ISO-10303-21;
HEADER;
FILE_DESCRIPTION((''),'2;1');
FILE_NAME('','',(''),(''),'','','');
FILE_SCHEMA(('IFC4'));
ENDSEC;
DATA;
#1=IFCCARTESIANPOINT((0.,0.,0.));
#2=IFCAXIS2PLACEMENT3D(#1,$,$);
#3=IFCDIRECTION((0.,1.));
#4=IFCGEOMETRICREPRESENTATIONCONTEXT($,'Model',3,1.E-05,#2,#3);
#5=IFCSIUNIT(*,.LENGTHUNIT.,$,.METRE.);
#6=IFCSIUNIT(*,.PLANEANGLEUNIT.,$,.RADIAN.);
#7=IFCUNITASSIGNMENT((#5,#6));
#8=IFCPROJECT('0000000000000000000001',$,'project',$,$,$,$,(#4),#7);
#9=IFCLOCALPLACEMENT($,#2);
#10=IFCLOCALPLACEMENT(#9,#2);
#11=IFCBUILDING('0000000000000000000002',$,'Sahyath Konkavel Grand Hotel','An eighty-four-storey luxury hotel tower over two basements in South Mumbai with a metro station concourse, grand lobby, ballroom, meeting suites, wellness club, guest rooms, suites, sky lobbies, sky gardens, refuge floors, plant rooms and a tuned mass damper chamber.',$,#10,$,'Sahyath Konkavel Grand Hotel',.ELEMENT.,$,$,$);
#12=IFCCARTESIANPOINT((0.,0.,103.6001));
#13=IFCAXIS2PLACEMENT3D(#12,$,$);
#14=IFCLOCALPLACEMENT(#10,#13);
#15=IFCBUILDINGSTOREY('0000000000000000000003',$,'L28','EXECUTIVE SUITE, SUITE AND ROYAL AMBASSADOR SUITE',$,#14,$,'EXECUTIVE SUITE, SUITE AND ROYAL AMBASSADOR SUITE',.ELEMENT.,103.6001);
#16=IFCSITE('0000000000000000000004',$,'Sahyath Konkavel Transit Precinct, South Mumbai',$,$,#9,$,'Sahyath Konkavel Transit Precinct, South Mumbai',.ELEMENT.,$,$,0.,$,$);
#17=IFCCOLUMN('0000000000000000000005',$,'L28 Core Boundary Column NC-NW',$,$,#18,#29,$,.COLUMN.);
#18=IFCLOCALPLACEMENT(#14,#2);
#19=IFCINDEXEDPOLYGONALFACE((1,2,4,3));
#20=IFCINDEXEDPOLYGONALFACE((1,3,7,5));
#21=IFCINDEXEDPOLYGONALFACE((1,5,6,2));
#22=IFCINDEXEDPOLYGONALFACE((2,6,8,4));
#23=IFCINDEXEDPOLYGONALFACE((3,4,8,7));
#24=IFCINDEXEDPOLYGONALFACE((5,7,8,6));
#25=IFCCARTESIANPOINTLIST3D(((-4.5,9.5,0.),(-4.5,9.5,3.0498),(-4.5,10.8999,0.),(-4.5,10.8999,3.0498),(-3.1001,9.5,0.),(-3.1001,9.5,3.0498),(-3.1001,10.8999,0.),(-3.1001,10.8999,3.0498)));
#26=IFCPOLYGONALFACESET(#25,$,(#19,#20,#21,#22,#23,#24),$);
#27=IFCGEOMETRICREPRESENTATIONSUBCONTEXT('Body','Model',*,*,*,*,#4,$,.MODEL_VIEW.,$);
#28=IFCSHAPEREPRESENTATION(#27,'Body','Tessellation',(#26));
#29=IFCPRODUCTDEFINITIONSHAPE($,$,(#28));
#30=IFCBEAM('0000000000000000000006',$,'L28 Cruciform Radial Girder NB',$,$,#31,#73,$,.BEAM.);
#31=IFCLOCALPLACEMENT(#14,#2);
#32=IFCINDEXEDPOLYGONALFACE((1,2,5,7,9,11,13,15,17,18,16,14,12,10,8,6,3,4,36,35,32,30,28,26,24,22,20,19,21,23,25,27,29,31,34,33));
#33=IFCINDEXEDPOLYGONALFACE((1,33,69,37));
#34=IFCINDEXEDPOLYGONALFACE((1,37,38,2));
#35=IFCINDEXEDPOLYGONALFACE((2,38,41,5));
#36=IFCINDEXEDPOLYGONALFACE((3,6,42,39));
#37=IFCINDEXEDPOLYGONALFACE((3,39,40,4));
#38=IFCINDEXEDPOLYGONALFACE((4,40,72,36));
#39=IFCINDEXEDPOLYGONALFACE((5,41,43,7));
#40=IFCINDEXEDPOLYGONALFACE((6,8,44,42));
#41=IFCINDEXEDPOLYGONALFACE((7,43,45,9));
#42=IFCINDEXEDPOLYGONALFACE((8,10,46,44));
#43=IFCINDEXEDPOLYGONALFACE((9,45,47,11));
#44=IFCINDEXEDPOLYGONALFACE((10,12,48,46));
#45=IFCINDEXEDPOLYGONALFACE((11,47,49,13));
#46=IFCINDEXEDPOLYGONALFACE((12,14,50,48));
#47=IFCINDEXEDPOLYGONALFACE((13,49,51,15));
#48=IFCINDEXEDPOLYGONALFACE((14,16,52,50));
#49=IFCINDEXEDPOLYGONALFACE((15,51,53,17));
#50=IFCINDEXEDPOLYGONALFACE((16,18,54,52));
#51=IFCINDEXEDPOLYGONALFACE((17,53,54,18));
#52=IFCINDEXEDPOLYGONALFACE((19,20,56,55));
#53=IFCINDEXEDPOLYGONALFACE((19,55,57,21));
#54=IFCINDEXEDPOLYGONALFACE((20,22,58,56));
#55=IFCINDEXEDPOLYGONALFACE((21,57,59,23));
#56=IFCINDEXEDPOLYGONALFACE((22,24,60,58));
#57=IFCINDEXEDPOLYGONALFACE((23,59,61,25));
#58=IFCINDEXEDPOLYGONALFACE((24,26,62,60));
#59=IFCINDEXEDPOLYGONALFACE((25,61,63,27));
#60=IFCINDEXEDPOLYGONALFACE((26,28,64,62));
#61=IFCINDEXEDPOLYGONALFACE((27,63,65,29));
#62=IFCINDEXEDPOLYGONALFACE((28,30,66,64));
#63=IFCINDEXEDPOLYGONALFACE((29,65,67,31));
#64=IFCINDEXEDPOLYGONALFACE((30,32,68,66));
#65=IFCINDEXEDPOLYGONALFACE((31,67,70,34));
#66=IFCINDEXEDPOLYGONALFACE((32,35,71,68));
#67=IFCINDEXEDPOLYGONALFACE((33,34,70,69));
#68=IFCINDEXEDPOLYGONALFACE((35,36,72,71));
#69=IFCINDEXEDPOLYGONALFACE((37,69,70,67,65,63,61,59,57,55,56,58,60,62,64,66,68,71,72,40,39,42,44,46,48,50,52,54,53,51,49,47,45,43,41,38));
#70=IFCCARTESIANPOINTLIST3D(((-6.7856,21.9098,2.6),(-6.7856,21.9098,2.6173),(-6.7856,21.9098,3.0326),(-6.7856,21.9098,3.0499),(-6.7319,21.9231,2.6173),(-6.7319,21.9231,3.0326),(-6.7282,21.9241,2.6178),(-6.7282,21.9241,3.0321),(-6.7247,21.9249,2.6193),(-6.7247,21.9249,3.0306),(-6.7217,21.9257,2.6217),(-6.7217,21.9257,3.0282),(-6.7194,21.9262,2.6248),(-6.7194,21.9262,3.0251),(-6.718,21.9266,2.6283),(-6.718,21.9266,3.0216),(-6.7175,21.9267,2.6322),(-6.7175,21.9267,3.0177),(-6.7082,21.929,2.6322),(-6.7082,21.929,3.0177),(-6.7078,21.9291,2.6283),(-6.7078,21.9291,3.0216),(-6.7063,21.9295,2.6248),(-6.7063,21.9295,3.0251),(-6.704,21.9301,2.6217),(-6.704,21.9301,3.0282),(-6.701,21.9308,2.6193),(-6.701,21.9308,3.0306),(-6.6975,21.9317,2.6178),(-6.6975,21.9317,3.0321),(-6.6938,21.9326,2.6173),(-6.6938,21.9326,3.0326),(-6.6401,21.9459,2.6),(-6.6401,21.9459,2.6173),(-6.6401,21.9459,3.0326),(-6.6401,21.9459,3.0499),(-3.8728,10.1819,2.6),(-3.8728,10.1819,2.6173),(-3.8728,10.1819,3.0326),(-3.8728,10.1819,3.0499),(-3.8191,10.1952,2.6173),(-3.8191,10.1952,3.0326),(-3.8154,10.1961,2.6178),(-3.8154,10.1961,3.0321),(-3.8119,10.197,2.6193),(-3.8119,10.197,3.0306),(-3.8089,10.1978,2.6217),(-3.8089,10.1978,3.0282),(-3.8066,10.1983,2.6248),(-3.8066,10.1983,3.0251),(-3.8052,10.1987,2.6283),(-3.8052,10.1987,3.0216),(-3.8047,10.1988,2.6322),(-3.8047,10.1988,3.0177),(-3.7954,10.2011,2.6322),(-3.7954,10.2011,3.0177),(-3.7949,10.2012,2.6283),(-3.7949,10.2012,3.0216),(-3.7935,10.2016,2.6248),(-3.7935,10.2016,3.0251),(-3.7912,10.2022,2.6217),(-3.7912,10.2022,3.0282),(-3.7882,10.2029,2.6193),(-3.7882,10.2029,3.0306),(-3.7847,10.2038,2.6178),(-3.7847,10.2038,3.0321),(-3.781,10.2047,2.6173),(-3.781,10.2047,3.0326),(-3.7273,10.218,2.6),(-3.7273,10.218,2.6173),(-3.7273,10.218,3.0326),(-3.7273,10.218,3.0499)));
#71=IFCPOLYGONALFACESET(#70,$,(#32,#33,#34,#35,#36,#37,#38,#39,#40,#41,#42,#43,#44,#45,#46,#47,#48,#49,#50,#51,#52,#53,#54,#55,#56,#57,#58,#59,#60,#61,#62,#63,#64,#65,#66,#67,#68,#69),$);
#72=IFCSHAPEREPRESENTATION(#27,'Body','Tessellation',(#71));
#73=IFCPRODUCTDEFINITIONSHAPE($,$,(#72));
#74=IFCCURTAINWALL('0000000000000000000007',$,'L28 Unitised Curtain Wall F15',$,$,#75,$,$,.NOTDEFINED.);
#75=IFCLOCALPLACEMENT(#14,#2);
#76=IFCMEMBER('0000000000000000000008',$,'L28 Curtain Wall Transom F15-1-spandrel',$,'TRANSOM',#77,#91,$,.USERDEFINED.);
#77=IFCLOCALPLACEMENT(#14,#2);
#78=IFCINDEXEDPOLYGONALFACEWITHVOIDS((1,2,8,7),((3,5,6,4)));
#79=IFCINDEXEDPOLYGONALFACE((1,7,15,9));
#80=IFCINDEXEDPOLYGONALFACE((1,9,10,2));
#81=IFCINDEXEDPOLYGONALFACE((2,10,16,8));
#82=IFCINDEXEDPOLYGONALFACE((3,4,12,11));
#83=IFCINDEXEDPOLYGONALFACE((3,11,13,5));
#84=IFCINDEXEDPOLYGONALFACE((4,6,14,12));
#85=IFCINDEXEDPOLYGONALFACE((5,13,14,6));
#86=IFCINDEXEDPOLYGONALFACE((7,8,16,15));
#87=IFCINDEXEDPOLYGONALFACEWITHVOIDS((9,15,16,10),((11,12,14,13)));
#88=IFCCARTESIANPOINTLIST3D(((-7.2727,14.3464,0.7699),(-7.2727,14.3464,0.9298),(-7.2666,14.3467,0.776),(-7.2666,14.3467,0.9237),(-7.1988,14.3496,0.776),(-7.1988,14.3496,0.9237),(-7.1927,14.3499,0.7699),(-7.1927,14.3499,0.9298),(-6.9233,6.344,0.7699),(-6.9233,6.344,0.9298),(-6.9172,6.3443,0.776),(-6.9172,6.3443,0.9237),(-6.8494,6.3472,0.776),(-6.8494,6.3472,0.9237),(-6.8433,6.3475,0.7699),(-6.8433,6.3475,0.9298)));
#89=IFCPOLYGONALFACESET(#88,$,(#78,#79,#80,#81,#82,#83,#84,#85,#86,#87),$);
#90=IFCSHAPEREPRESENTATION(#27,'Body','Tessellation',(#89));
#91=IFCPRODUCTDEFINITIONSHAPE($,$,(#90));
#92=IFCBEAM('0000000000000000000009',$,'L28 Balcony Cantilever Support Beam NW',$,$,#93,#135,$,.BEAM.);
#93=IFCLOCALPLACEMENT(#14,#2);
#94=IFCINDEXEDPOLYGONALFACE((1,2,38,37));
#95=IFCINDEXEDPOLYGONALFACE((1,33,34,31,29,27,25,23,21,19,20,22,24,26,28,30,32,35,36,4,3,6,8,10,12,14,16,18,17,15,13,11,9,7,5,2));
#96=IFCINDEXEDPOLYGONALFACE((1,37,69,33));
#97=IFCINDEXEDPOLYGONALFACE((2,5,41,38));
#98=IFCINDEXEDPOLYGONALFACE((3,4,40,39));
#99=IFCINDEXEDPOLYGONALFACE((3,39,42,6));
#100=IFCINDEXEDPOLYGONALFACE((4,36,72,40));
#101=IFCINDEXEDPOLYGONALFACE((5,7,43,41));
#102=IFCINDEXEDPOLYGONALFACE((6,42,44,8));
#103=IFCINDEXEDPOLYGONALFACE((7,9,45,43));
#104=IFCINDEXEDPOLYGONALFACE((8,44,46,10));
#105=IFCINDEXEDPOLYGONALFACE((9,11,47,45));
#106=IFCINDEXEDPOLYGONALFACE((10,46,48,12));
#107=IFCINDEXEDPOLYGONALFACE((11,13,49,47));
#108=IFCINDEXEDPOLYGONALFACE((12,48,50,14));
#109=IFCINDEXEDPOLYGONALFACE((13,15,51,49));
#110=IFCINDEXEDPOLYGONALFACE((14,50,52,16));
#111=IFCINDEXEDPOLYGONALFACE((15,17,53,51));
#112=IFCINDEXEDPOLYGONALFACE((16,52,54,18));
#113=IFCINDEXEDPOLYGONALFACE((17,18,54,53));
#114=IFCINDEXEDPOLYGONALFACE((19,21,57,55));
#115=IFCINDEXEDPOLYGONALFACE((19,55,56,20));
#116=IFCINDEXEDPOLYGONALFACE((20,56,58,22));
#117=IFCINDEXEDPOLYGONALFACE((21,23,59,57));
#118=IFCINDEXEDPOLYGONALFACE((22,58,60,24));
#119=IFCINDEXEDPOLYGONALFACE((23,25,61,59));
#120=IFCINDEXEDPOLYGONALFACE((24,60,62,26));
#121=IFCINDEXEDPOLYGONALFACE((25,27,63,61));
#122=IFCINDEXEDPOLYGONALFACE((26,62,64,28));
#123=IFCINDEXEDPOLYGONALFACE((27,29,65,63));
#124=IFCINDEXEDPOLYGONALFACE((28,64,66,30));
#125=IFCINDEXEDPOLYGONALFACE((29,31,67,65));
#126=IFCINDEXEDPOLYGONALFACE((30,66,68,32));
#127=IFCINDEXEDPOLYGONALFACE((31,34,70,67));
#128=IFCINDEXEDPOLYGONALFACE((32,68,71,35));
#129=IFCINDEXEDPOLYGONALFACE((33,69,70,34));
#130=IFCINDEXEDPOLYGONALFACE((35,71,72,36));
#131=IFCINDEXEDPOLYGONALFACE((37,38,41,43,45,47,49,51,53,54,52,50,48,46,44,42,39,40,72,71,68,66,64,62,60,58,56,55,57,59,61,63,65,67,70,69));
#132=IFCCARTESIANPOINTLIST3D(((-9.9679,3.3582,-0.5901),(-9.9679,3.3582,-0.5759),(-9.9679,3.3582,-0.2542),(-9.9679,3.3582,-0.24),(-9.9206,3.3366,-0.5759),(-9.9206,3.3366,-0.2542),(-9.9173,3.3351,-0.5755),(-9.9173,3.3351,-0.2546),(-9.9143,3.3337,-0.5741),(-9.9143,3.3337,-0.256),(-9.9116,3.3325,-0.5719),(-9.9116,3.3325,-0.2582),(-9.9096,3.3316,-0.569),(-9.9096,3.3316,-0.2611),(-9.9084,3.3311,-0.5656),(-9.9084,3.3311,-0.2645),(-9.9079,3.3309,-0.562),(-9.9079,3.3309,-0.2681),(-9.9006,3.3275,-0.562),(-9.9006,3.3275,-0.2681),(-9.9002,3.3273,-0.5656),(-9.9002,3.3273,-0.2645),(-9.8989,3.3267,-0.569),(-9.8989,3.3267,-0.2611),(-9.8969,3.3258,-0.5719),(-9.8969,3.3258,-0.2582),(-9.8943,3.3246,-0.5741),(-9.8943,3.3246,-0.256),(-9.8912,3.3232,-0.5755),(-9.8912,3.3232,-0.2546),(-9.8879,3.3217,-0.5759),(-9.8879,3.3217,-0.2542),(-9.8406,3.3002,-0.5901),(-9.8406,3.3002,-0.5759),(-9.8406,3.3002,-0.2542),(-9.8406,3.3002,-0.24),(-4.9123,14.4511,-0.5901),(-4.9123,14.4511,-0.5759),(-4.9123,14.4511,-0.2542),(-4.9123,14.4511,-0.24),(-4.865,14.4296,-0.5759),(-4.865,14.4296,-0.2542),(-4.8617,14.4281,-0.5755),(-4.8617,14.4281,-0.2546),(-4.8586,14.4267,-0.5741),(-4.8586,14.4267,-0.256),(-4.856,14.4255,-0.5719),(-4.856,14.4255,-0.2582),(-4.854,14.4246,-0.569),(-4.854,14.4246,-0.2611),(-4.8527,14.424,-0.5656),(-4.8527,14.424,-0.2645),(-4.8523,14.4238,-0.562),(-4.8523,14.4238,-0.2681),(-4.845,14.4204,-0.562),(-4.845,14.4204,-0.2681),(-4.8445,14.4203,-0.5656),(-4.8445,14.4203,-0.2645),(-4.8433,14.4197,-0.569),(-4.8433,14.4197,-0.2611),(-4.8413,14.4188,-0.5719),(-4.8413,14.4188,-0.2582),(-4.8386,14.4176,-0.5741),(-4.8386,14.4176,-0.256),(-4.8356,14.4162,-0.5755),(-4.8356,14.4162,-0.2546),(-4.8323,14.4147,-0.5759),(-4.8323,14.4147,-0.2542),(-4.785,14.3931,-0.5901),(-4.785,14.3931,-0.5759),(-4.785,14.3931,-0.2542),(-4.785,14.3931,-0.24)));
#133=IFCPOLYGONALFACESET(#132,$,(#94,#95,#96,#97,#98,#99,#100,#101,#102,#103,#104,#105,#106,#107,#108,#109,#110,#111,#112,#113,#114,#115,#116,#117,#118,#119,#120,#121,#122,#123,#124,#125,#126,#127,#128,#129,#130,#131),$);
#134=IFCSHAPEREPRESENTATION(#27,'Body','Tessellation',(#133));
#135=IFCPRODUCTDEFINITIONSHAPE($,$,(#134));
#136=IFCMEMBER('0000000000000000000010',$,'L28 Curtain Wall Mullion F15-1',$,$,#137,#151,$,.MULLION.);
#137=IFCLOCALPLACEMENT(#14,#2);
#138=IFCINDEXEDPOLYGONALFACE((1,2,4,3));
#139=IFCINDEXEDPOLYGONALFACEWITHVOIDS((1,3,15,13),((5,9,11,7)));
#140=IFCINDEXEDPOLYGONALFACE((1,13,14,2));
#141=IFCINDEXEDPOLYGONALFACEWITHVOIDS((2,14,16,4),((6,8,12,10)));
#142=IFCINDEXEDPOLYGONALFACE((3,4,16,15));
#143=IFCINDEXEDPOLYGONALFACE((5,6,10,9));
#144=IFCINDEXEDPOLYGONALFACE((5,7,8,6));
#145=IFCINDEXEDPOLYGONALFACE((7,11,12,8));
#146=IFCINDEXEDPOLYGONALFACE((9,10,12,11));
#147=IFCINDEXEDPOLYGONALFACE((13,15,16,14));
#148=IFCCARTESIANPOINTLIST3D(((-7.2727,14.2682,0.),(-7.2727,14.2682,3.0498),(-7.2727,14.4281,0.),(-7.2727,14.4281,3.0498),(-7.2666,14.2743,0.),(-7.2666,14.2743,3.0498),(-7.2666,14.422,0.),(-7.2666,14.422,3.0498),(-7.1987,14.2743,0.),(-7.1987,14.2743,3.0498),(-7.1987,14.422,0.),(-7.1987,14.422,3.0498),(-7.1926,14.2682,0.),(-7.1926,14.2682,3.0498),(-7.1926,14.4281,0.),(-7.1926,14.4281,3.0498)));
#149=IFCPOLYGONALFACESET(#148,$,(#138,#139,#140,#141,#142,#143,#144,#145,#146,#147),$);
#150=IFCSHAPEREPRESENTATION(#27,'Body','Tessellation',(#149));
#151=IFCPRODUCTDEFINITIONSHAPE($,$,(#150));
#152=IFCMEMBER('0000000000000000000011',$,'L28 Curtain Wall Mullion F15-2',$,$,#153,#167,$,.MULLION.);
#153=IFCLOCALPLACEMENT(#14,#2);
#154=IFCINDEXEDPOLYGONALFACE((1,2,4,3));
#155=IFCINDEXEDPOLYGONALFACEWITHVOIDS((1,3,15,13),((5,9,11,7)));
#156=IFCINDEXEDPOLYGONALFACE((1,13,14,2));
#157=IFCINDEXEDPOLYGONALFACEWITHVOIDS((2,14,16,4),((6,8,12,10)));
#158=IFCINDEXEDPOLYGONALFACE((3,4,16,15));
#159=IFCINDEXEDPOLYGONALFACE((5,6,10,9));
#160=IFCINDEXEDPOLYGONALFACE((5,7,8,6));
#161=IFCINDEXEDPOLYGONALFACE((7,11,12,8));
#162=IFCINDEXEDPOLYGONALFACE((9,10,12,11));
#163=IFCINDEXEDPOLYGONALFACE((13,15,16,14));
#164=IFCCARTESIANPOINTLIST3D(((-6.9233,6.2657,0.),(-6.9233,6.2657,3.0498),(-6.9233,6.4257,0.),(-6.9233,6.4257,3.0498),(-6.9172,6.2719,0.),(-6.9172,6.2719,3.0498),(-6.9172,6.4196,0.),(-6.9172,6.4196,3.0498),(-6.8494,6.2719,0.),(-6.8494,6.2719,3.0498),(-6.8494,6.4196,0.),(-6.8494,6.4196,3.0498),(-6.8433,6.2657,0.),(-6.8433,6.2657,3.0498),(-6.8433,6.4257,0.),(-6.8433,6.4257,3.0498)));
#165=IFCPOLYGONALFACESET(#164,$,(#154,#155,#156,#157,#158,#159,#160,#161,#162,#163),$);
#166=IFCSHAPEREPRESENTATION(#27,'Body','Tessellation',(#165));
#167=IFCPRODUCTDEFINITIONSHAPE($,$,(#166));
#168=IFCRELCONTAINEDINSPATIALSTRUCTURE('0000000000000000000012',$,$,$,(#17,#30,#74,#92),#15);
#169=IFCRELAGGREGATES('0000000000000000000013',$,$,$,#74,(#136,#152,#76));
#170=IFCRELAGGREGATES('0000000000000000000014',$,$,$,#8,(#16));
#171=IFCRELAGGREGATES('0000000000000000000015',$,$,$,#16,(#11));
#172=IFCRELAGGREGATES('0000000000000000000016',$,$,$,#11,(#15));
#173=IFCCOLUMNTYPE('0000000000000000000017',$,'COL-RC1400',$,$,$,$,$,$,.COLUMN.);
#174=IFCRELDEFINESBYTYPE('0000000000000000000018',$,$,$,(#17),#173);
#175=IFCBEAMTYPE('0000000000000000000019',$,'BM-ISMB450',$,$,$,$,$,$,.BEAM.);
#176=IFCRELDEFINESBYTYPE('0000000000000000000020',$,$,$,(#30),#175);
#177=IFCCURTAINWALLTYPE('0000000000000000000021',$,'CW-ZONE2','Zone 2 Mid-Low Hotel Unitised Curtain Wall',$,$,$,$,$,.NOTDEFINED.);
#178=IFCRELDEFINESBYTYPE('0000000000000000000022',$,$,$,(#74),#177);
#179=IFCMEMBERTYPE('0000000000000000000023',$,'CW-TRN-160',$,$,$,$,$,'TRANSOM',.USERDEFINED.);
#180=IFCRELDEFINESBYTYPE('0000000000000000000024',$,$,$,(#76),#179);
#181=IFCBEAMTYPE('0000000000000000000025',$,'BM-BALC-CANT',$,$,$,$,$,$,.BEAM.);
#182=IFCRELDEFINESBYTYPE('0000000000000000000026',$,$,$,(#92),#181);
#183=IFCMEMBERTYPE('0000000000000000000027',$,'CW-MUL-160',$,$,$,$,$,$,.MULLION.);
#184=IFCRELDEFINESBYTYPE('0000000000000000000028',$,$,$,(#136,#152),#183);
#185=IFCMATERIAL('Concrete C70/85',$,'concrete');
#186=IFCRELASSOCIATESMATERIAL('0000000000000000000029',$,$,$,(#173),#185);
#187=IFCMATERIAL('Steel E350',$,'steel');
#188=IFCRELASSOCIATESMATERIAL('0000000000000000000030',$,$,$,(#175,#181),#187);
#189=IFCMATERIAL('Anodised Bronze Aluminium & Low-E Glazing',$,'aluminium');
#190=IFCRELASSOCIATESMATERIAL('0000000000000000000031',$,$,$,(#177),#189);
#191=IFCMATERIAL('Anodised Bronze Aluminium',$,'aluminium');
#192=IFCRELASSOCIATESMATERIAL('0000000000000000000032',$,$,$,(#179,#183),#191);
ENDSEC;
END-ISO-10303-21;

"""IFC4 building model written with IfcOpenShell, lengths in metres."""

from ifc_helpers import new_model, si_unit, direction, frame, origin, origin_2d, place, context, subcontext, project, spatial, rectangle, hollow_rectangle, i_section, extrude, source, transform, mapped, material, material_profile, profile_set, type_object, element, aggregate, save


model = new_model("IFC4")

# Units and contexts
model_context = context("Model", 3, precision=1e-05, world=origin(), true_north=direction((0.0, 1.0)))
body_context = subcontext(model_context, "Body", "Model", "MODEL_VIEW")
ifc_project = project(units=[si_unit("LENGTHUNIT", "METRE"), si_unit("PLANEANGLEUNIT", "RADIAN")], contexts=[model_context])

# Site, building, storey
site_placement = place(None, origin())
site = spatial("IfcSite", under=ifc_project, at=site_placement, Name="Sahyath Konkavel Transit Precinct, South Mumbai", LongName="Sahyath Konkavel Transit Precinct, South Mumbai", CompositionType="ELEMENT", RefElevation=0.0)
building_placement = place(site_placement, origin())
building = spatial("IfcBuilding", under=site, at=building_placement, Name="Sahyath Konkavel Grand Hotel", Description="An eighty-four-storey luxury hotel tower over two basements in South Mumbai with a metro station concourse, grand lobby, ballroom, meeting suites, wellness club, guest rooms, suites, sky lobbies, sky gardens, refuge floors, plant rooms and a tuned mass damper chamber.", LongName="Sahyath Konkavel Grand Hotel", CompositionType="ELEMENT")
storey_placement = place(building_placement, frame((0.0, 0.0, 103.6001)))
storey = spatial("IfcBuildingStorey", under=building, at=storey_placement, Name="L28", Description="EXECUTIVE SUITE, SUITE AND ROYAL AMBASSADOR SUITE", LongName="EXECUTIVE SUITE, SUITE AND ROYAL AMBASSADOR SUITE", CompositionType="ELEMENT", Elevation=103.6001)

# Column
ifc_material_1 = material(Name="Concrete C70/85", Category="concrete")
ifc_material_profile_1 = material_profile(ifc_material_1, rectangle(XDim=1.3999, YDim=1.3999, at=origin_2d()), Name="RC 1400x1400")
ifc_profile_set_1 = profile_set([ifc_material_profile_1], Name="Concrete C70/85")
column_type = type_object("IfcColumnType", Name="COL-RC1400", PredefinedType="COLUMN", material=ifc_profile_set_1)
shared_shape_1 = source(origin(), body_context, "Body", "SweptSolid", [
    extrude(rectangle(XDim=1.3999, YDim=1.3999, at=origin_2d()), origin(), (0.0, 0.0, 1.0), 3.0498),
])
column_placement = place(storey_placement, frame((-3.8, 10.2, 0.0), z_axis=(0.0, 0.0, 1.0), x_axis=(1.0, 0.0, 0.0)))
element("IfcColumn", 1, at=column_placement, inside=storey, type_object=column_type, Name="L28 Core Boundary Column NC-NW", PredefinedType="COLUMN", context=body_context, shape_type="MappedRepresentation", body=[
    mapped(shared_shape_1, transform((0.0, 0.0, 0.0), scale=1.0)),
])

# Beam
ifc_material_2 = material(Name="Steel E350", Category="steel")
ifc_material_profile_2 = material_profile(ifc_material_2, i_section(OverallWidth=0.1499, OverallDepth=0.45, WebThickness=0.0095, FlangeThickness=0.0173, FilletRadius=0.0149, at=origin_2d()), Name="ISMB 450")
ifc_profile_set_2 = profile_set([ifc_material_profile_2], Name="Steel E350")
beam_type_1 = type_object("IfcBeamType", Name="BM-ISMB450", PredefinedType="BEAM", material=ifc_profile_set_2)
shared_shape_2 = source(origin(), body_context, "Body", "SweptSolid", [
    extrude(i_section(OverallWidth=0.1499, OverallDepth=0.45, WebThickness=0.0095, FlangeThickness=0.0173, FilletRadius=0.0149, at=origin_2d()), origin(), (0.0, 0.0, 1.0), 12.0842),
])
beam_1_placement = place(storey_placement, frame((-3.8, 10.2, 2.825), z_axis=(-0.241043, 0.970515, 0.0), x_axis=(-0.970515, -0.241043, 0.0)))
element("IfcBeam", 2, at=beam_1_placement, inside=storey, type_object=beam_type_1, Name="L28 Cruciform Radial Girder NB", PredefinedType="BEAM", context=body_context, shape_type="MappedRepresentation", body=[
    mapped(shared_shape_2, transform((0.0, 0.0, 0.0), scale=1.0)),
])

# Curtain wall, member
ifc_material_3 = material(Name="Anodised Bronze Aluminium & Low-E Glazing", Category="aluminium")
curtain_wall_type = type_object("IfcCurtainWallType", Name="CW-ZONE2", Description="Zone 2 Mid-Low Hotel Unitised Curtain Wall", PredefinedType="NOTDEFINED", material=ifc_material_3)
curtain_wall_1_placement = place(storey_placement, origin())
curtain_wall_1 = element("IfcCurtainWall", 3, at=curtain_wall_1_placement, inside=storey, type_object=curtain_wall_type, Name="L28 Unitised Curtain Wall F15", PredefinedType="NOTDEFINED")
ifc_material_4 = material(Name="Anodised Bronze Aluminium", Category="aluminium")
ifc_material_profile_3 = material_profile(ifc_material_4, hollow_rectangle(XDim=0.0801, YDim=0.1599, WallThickness=0.0061, at=origin_2d()), Name="RHS 160x80x6")
ifc_profile_set_3 = profile_set([ifc_material_profile_3], Name="Anodised Bronze Aluminium")
member_type_1 = type_object("IfcMemberType", Name="CW-TRN-160", ElementType="TRANSOM", PredefinedType="USERDEFINED", material=ifc_profile_set_3)
shared_shape_3 = source(origin(), body_context, "Body", "SweptSolid", [
    extrude(hollow_rectangle(XDim=0.0801, YDim=0.1599, WallThickness=0.0061, at=origin_2d()), origin(), (0.0, 0.0, 1.0), 8.01),
])
member_1_placement = place(storey_placement, frame((-7.2327, 14.3481, 0.8499), z_axis=(0.043616, -0.999048, 0.0), x_axis=(0.999048, 0.043616, 0.0)))
member_1 = element("IfcMember", 4, at=member_1_placement, type_object=member_type_1, Name="L28 Curtain Wall Transom F15-1-spandrel", ObjectType="TRANSOM", PredefinedType="USERDEFINED", context=body_context, shape_type="MappedRepresentation", body=[
    mapped(shared_shape_3, transform((0.0, 0.0, 0.0), scale=1.0)),
])

# Beam
ifc_material_profile_4 = material_profile(ifc_material_2, i_section(OverallWidth=0.1399, OverallDepth=0.3501, WebThickness=0.0081, FlangeThickness=0.0142, FilletRadius=0.0139, at=origin_2d()), Name="ISMB 350")
ifc_profile_set_4 = profile_set([ifc_material_profile_4], Name="Steel E350")
beam_type_2 = type_object("IfcBeamType", Name="BM-BALC-CANT", PredefinedType="BEAM", material=ifc_profile_set_4)
shared_shape_4 = source(origin(), body_context, "Body", "SweptSolid", [
    extrude(i_section(OverallWidth=0.1399, OverallDepth=0.3501, WebThickness=0.0081, FlangeThickness=0.0142, FilletRadius=0.0139, at=origin_2d()), origin(), (0.0, 0.0, 1.0), 12.1907),
])
beam_2_placement = place(storey_placement, frame((-4.8486, 14.4221, -0.415), z_axis=(-0.414713, -0.909952, 0.0), x_axis=(0.909952, -0.414713, 0.0)))
element("IfcBeam", 5, at=beam_2_placement, inside=storey, type_object=beam_type_2, Name="L28 Balcony Cantilever Support Beam NW", PredefinedType="BEAM", context=body_context, shape_type="MappedRepresentation", body=[
    mapped(shared_shape_4, transform((0.0, 0.0, 0.0), scale=1.0)),
])

# Members
ifc_material_profile_5 = material_profile(ifc_material_4, hollow_rectangle(XDim=0.0801, YDim=0.1599, WallThickness=0.0061, at=origin_2d()), Name="RHS 160x80x6")
ifc_profile_set_5 = profile_set([ifc_material_profile_5], Name="Anodised Bronze Aluminium")
member_type_2 = type_object("IfcMemberType", Name="CW-MUL-160", PredefinedType="MULLION", material=ifc_profile_set_5)
shared_shape_5 = source(origin(), body_context, "Body", "SweptSolid", [
    extrude(hollow_rectangle(XDim=0.0801, YDim=0.1599, WallThickness=0.0061, at=origin_2d()), origin(), (0.0, 0.0, 1.0), 3.0498),
])
member_2_placement = place(storey_placement, frame((-7.2327, 14.3481, 0.0), z_axis=(0.0, 0.0, 1.0), x_axis=(1.0, 0.0, 0.0)))
member_2 = element("IfcMember", 6, at=member_2_placement, type_object=member_type_2, Name="L28 Curtain Wall Mullion F15-1", PredefinedType="MULLION", context=body_context, shape_type="MappedRepresentation", body=[
    mapped(shared_shape_5, transform((0.0, 0.0, 0.0), scale=1.0)),
])
member_3_placement = place(storey_placement, frame((-6.8833, 6.3457, 0.0), z_axis=(0.0, 0.0, 1.0), x_axis=(1.0, 0.0, 0.0)))
member_3 = element("IfcMember", 7, at=member_3_placement, type_object=member_type_2, Name="L28 Curtain Wall Mullion F15-2", PredefinedType="MULLION", context=body_context, shape_type="MappedRepresentation", body=[
    mapped(shared_shape_5, transform((0.0, 0.0, 0.0), scale=1.0)),
])

aggregate(curtain_wall_1, [member_2, member_3, member_1])

save(model, "model.ifc")
